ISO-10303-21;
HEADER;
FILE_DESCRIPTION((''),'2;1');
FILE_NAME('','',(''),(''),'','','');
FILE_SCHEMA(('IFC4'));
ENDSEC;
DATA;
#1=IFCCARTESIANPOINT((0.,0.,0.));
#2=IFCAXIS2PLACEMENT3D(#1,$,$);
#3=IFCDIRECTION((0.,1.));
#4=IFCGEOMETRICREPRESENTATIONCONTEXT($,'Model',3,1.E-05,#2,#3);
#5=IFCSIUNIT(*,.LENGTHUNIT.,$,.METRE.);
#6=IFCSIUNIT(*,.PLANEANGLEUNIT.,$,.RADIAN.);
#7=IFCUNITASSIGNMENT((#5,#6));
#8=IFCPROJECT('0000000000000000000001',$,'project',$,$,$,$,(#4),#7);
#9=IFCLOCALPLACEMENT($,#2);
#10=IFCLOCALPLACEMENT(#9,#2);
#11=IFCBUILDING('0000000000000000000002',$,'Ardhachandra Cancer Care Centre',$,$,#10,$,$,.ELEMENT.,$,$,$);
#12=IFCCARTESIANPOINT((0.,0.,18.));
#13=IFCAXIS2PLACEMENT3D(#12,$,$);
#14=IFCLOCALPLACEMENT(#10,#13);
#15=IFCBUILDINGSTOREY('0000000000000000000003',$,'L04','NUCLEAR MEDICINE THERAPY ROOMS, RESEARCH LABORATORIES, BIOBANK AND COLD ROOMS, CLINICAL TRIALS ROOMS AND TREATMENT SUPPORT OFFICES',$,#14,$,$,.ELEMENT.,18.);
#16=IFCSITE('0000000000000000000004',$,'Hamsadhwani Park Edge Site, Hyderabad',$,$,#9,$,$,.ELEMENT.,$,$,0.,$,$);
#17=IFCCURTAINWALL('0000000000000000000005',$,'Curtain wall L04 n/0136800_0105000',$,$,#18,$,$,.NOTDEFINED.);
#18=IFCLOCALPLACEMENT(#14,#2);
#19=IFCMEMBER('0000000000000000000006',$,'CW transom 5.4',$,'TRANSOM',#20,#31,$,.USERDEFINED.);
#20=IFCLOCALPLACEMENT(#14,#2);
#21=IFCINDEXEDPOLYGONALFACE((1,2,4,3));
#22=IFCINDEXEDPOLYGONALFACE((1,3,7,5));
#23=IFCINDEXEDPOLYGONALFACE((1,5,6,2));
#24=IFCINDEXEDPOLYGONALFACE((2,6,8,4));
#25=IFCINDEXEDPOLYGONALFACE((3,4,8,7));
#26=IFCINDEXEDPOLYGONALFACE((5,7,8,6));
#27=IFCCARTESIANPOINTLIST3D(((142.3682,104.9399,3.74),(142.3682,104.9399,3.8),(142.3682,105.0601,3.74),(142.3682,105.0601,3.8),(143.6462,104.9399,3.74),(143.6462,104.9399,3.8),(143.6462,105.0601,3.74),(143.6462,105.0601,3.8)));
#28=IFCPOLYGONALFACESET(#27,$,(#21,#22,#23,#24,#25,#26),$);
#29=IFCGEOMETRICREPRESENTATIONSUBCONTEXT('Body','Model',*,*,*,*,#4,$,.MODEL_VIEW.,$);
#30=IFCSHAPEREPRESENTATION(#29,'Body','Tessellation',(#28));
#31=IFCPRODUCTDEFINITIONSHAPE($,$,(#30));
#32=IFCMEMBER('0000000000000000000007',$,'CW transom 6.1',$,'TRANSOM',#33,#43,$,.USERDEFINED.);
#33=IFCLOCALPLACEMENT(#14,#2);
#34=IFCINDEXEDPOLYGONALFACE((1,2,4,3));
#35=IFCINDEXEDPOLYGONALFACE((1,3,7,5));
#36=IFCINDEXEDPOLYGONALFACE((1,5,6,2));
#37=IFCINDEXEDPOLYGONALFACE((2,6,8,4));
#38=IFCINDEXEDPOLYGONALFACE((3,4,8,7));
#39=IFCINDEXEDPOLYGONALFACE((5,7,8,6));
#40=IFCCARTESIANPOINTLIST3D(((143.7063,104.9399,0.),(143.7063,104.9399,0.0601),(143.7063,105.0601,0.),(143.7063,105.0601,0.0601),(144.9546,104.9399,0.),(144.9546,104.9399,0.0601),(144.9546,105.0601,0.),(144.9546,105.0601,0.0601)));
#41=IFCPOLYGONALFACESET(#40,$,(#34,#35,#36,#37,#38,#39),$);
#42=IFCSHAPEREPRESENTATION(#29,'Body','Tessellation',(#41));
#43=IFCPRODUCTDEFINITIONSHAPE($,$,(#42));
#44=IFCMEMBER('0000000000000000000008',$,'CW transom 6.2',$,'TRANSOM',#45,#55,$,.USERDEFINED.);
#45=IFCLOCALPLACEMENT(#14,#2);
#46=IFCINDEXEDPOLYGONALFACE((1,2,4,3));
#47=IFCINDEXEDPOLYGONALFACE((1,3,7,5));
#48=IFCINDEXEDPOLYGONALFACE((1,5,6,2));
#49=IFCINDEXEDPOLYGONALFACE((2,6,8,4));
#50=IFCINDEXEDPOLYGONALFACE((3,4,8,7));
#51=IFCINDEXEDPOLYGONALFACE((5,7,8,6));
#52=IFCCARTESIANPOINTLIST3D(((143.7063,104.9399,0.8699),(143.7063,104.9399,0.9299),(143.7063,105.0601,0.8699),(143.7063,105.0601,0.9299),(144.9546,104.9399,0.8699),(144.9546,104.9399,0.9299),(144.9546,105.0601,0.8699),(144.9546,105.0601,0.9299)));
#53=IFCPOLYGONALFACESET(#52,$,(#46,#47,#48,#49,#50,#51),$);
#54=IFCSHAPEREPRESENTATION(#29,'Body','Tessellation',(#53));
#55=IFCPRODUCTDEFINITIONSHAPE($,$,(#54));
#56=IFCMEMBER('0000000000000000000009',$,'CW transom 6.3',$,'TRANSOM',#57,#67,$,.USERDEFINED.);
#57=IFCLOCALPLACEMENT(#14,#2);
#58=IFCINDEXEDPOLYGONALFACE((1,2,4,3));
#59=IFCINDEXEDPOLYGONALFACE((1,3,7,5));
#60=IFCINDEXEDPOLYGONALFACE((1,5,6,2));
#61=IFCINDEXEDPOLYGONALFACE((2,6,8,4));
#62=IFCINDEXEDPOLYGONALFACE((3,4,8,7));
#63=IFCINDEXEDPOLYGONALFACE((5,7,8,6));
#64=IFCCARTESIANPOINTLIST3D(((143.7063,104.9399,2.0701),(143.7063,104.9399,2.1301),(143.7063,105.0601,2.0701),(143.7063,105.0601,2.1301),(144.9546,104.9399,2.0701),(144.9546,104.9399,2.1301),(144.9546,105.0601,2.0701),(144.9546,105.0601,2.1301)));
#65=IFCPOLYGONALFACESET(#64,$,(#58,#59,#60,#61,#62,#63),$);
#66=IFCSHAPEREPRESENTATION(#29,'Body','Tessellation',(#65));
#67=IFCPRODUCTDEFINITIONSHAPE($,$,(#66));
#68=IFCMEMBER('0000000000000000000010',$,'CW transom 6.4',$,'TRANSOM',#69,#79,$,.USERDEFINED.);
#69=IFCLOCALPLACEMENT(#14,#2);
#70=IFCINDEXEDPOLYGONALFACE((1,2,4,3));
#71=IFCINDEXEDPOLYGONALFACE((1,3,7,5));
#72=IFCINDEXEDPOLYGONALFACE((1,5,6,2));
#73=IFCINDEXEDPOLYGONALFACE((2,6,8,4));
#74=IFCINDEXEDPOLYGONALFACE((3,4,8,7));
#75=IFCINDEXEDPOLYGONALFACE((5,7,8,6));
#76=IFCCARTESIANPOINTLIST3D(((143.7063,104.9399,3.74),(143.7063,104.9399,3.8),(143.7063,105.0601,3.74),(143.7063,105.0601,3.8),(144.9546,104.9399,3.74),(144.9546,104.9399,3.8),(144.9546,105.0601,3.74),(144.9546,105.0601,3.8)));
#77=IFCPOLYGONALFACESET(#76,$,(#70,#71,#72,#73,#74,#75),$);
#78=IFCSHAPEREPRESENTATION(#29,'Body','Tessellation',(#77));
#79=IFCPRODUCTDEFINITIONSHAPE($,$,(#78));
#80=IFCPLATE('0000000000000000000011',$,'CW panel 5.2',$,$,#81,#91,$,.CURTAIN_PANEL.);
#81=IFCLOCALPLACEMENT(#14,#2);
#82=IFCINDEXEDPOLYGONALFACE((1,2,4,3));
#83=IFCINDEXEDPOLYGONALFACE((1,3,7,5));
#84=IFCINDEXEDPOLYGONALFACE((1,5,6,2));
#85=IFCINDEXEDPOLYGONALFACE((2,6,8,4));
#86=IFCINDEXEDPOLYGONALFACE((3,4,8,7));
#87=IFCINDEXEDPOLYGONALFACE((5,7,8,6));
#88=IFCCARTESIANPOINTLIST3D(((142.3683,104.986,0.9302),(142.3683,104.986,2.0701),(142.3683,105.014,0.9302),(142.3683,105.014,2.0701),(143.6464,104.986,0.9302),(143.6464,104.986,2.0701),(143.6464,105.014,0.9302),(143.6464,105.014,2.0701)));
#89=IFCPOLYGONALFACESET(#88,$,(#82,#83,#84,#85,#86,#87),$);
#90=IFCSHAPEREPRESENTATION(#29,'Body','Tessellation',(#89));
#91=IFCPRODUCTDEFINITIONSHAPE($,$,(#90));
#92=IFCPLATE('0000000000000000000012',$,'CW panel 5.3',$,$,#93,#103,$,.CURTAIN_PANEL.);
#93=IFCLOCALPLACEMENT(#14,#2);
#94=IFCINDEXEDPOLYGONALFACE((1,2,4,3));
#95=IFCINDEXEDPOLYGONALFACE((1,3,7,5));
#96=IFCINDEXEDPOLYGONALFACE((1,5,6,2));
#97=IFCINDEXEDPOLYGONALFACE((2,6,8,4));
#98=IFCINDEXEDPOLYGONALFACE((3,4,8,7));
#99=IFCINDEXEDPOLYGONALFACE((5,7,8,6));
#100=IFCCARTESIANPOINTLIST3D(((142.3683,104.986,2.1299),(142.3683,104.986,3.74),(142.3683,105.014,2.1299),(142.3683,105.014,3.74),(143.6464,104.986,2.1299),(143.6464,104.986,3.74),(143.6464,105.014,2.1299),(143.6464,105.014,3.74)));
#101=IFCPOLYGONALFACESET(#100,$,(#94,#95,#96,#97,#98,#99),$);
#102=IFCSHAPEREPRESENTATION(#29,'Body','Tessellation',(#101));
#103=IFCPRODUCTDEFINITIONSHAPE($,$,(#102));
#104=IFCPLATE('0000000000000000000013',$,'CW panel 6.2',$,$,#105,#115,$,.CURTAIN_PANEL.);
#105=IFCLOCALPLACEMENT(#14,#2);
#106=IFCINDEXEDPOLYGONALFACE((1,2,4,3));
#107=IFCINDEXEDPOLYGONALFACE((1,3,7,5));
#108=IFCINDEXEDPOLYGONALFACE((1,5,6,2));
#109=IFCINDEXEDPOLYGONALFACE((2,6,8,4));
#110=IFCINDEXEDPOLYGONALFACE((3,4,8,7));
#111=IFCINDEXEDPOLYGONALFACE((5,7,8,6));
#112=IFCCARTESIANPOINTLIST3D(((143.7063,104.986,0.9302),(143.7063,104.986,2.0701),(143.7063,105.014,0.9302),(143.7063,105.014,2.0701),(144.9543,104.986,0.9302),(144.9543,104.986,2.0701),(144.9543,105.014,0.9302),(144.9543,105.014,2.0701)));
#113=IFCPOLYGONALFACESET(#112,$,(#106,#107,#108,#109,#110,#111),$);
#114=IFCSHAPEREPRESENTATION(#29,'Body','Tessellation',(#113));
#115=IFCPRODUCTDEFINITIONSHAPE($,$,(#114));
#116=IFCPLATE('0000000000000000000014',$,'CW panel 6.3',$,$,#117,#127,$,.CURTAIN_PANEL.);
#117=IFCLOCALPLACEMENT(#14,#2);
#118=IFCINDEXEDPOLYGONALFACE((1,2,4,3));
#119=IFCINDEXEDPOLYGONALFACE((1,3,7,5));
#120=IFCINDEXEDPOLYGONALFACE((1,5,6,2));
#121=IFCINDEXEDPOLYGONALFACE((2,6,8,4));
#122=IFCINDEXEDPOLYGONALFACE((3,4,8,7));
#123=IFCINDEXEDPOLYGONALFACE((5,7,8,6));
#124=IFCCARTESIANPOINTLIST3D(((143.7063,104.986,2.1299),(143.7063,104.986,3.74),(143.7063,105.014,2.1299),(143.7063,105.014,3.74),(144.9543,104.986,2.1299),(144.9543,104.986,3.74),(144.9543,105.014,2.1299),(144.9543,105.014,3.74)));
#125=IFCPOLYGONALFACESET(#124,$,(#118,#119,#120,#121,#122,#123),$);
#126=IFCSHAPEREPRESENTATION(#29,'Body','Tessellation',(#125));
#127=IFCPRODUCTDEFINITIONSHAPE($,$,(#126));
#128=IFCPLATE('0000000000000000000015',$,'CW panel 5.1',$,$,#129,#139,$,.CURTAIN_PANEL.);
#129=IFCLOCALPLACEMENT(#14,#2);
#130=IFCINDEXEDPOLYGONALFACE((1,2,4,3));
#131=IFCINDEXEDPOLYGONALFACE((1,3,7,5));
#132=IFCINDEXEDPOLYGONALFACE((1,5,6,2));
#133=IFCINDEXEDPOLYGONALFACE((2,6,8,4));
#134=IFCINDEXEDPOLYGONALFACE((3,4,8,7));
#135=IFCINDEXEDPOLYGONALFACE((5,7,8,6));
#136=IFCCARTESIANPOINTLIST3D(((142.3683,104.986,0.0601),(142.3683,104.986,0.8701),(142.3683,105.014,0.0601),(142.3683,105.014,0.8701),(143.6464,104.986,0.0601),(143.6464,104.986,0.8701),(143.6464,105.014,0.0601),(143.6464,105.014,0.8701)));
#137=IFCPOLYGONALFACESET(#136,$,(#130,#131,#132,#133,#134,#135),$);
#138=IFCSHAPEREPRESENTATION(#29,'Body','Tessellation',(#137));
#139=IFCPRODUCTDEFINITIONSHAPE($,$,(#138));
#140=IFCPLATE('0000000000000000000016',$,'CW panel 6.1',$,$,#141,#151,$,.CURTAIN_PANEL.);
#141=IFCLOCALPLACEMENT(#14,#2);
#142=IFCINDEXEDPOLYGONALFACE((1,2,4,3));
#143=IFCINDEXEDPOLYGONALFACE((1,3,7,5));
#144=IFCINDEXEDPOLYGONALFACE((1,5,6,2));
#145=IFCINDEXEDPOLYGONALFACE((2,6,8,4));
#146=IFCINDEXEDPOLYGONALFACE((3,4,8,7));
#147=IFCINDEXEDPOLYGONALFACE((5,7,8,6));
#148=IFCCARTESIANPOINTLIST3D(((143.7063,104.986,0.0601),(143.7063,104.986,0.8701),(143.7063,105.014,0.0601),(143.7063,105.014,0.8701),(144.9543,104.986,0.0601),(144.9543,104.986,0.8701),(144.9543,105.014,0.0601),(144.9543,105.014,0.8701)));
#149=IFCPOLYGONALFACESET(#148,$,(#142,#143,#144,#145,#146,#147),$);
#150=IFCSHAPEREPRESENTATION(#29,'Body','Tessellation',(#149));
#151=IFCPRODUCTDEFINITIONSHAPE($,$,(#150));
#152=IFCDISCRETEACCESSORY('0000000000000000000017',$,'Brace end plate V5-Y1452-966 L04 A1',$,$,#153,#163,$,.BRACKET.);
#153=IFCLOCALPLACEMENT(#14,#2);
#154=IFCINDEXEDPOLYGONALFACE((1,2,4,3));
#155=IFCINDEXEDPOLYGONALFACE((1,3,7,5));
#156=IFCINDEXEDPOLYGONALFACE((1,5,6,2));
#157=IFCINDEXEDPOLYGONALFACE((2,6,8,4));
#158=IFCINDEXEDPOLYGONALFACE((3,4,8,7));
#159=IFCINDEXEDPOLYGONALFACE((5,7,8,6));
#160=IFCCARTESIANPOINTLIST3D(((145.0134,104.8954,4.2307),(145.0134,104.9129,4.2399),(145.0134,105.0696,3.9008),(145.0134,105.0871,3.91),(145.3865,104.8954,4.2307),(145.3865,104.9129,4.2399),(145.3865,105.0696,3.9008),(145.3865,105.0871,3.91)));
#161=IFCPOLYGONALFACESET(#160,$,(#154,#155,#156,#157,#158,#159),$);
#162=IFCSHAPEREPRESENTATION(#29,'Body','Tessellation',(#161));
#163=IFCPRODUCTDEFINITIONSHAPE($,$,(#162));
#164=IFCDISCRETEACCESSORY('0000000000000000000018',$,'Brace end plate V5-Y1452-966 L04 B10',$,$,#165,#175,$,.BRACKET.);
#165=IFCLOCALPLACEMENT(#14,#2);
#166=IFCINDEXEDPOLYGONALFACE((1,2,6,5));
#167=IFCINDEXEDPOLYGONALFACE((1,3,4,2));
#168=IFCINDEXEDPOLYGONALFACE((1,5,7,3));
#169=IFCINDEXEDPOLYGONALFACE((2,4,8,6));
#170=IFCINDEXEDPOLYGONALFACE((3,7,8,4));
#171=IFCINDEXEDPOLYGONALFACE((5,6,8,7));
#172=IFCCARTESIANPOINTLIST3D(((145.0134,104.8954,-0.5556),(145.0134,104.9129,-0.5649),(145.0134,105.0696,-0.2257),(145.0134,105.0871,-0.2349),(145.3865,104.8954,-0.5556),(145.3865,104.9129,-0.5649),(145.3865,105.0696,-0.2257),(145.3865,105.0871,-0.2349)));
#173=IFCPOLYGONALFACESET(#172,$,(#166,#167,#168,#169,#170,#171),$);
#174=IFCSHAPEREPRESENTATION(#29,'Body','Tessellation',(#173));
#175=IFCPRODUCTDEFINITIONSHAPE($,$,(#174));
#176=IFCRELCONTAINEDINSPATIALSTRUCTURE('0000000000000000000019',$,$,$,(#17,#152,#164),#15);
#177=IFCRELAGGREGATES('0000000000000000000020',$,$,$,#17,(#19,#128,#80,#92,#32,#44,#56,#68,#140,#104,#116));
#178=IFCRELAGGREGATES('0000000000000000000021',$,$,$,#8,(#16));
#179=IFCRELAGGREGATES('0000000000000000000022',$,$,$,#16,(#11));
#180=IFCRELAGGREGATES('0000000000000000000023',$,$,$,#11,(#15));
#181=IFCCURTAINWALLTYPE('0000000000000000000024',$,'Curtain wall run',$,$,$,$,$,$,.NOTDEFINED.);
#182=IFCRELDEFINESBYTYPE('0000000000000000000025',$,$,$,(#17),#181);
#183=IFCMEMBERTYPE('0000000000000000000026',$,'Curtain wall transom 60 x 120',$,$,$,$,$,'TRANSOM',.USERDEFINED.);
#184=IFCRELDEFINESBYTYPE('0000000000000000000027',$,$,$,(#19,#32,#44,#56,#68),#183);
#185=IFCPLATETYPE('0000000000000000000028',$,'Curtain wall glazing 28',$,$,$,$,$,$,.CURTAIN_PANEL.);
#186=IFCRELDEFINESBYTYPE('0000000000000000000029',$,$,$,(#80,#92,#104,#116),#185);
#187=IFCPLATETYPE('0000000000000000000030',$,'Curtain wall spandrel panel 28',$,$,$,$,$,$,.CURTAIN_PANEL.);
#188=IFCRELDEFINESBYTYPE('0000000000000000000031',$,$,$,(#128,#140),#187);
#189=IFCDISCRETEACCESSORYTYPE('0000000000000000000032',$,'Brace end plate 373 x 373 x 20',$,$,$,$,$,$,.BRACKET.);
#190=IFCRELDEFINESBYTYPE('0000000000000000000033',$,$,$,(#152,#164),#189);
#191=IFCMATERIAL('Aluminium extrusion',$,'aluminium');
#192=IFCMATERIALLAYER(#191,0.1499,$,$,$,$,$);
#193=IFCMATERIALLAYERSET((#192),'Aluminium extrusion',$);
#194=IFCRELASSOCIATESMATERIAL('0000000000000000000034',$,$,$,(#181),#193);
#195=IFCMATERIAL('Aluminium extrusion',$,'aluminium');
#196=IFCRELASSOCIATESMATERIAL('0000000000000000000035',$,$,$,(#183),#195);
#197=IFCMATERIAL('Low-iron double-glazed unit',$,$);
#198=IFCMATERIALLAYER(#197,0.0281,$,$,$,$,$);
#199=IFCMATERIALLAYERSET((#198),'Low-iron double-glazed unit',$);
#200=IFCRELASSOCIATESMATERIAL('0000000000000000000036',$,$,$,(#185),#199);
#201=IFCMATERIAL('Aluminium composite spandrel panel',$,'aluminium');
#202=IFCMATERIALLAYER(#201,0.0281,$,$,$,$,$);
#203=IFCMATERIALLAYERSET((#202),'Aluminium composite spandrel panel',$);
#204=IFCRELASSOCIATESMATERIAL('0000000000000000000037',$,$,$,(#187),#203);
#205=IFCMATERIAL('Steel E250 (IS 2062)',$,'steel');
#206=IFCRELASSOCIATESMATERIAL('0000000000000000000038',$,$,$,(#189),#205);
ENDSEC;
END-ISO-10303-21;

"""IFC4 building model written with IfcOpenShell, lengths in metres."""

from ifc_helpers import new_model, si_unit, direction, frame, origin, origin_2d, place, context, subcontext, project, spatial, rectangle, extrude, material, layer, layer_set, material_profile, profile_set, type_object, element, aggregate, save


model = new_model("IFC4")

# Units and contexts
model_context = context("Model", 3, precision=1e-05, world=origin(), true_north=direction((0.0, 1.0)))
body_context = subcontext(model_context, "Body", "Model", "MODEL_VIEW")
ifc_project = project(units=[si_unit("LENGTHUNIT", "METRE"), si_unit("PLANEANGLEUNIT", "RADIAN")], contexts=[model_context])

# Site, building, storey
site_placement = place(None, origin())
site = spatial("IfcSite", under=ifc_project, at=site_placement, Name="Hamsadhwani Park Edge Site, Hyderabad", CompositionType="ELEMENT", RefElevation=0.0)
building_placement = place(site_placement, origin())
building = spatial("IfcBuilding", under=site, at=building_placement, Name="Ardhachandra Cancer Care Centre", CompositionType="ELEMENT")
storey_placement = place(building_placement, frame((0.0, 0.0, 18.0)))
storey = spatial("IfcBuildingStorey", under=building, at=storey_placement, Name="L04", Description="NUCLEAR MEDICINE THERAPY ROOMS, RESEARCH LABORATORIES, BIOBANK AND COLD ROOMS, CLINICAL TRIALS ROOMS AND TREATMENT SUPPORT OFFICES", CompositionType="ELEMENT", Elevation=18.0)

# Curtain wall, members, plates
ifc_material_1 = material(Name="Aluminium extrusion", Category="aluminium")
ifc_layer_1 = layer(ifc_material_1, 0.1499)
ifc_layer_set_1 = layer_set([ifc_layer_1], Name="Aluminium extrusion")
curtain_wall_type = type_object("IfcCurtainWallType", Name="Curtain wall run", PredefinedType="NOTDEFINED", material=ifc_layer_set_1)
curtain_wall_placement = place(storey_placement, origin())
curtain_wall = element("IfcCurtainWall", 1, at=curtain_wall_placement, inside=storey, type_object=curtain_wall_type, Name="Curtain wall L04 n/0136800_0105000", PredefinedType="NOTDEFINED")
ifc_material_2 = material(Name="Aluminium extrusion", Category="aluminium")
ifc_material_profile_1 = material_profile(ifc_material_2, rectangle(XDim=0.1201, YDim=0.0601, at=origin_2d()), Name="Curtain wall transom 60 x 120")
ifc_profile_set_1 = profile_set([ifc_material_profile_1], Name="Aluminium extrusion")
member_type_1 = type_object("IfcMemberType", Name="Curtain wall transom 60 x 120", ElementType="TRANSOM", PredefinedType="USERDEFINED", material=ifc_profile_set_1)
member_1_placement = place(storey_placement, frame((142.3682, 105.0, 3.77), z_axis=(1.0, 0.0, 0.0), x_axis=(0.0, 1.0, 0.0)))
member_1 = element("IfcMember", 2, at=member_1_placement, type_object=member_type_1, Name="CW transom 5.4", ObjectType="TRANSOM", PredefinedType="USERDEFINED", context=body_context, shape_type="SweptSolid", body=[
    extrude(rectangle(XDim=0.1201, YDim=0.0601, at=origin_2d()), origin(), (0.0, 0.0, 1.0), 1.2781),
])
member_2_placement = place(storey_placement, frame((143.7063, 105.0, 0.03), z_axis=(1.0, 0.0, 0.0), x_axis=(0.0, 1.0, 0.0)))
member_2 = element("IfcMember", 3, at=member_2_placement, type_object=member_type_1, Name="CW transom 6.1", ObjectType="TRANSOM", PredefinedType="USERDEFINED", context=body_context, shape_type="SweptSolid", body=[
    extrude(rectangle(XDim=0.1201, YDim=0.0601, at=origin_2d()), origin(), (0.0, 0.0, 1.0), 1.2483),
])
member_3_placement = place(storey_placement, frame((143.7063, 105.0, 0.8999), z_axis=(1.0, 0.0, 0.0), x_axis=(0.0, 1.0, 0.0)))
member_3 = element("IfcMember", 4, at=member_3_placement, type_object=member_type_1, Name="CW transom 6.2", ObjectType="TRANSOM", PredefinedType="USERDEFINED", context=body_context, shape_type="SweptSolid", body=[
    extrude(rectangle(XDim=0.1201, YDim=0.0601, at=origin_2d()), origin(), (0.0, 0.0, 1.0), 1.2483),
])
member_4_placement = place(storey_placement, frame((143.7063, 105.0, 2.1001), z_axis=(1.0, 0.0, 0.0), x_axis=(0.0, 1.0, 0.0)))
member_4 = element("IfcMember", 5, at=member_4_placement, type_object=member_type_1, Name="CW transom 6.3", ObjectType="TRANSOM", PredefinedType="USERDEFINED", context=body_context, shape_type="SweptSolid", body=[
    extrude(rectangle(XDim=0.1201, YDim=0.0601, at=origin_2d()), origin(), (0.0, 0.0, 1.0), 1.2483),
])
member_5_placement = place(storey_placement, frame((143.7063, 105.0, 3.77), z_axis=(1.0, 0.0, 0.0), x_axis=(0.0, 1.0, 0.0)))
member_5 = element("IfcMember", 6, at=member_5_placement, type_object=member_type_1, Name="CW transom 6.4", ObjectType="TRANSOM", PredefinedType="USERDEFINED", context=body_context, shape_type="SweptSolid", body=[
    extrude(rectangle(XDim=0.1201, YDim=0.0601, at=origin_2d()), origin(), (0.0, 0.0, 1.0), 1.2483),
])
ifc_material_3 = material(Name="Low-iron double-glazed unit")
ifc_layer_2 = layer(ifc_material_3, 0.0281)
ifc_layer_set_2 = layer_set([ifc_layer_2], Name="Low-iron double-glazed unit")
plate_type_1 = type_object("IfcPlateType", Name="Curtain wall glazing 28", PredefinedType="CURTAIN_PANEL", material=ifc_layer_set_2)
plate_1_placement = place(storey_placement, frame((143.0073, 105.0, 0.9302), z_axis=(0.0, 0.0, 1.0), x_axis=(1.0, 0.0, 0.0)))
plate_1 = element("IfcPlate", 7, at=plate_1_placement, type_object=plate_type_1, Name="CW panel 5.2", PredefinedType="CURTAIN_PANEL", context=body_context, shape_type="SweptSolid", body=[
    extrude(rectangle(XDim=1.2781, YDim=0.0281, at=origin_2d()), origin(), (0.0, 0.0, 1.0), 1.1399),
])
plate_2_placement = place(storey_placement, frame((143.0073, 105.0, 2.1299), z_axis=(0.0, 0.0, 1.0), x_axis=(1.0, 0.0, 0.0)))
plate_2 = element("IfcPlate", 8, at=plate_2_placement, type_object=plate_type_1, Name="CW panel 5.3", PredefinedType="CURTAIN_PANEL", context=body_context, shape_type="SweptSolid", body=[
    extrude(rectangle(XDim=1.2781, YDim=0.0281, at=origin_2d()), origin(), (0.0, 0.0, 1.0), 1.6101),
])
plate_3_placement = place(storey_placement, frame((144.3303, 105.0, 0.9302), z_axis=(0.0, 0.0, 1.0), x_axis=(1.0, 0.0, 0.0)))
plate_3 = element("IfcPlate", 9, at=plate_3_placement, type_object=plate_type_1, Name="CW panel 6.2", PredefinedType="CURTAIN_PANEL", context=body_context, shape_type="SweptSolid", body=[
    extrude(rectangle(XDim=1.248, YDim=0.0281, at=origin_2d()), origin(), (0.0, 0.0, 1.0), 1.1399),
])
plate_4_placement = place(storey_placement, frame((144.3303, 105.0, 2.1299), z_axis=(0.0, 0.0, 1.0), x_axis=(1.0, 0.0, 0.0)))
plate_4 = element("IfcPlate", 10, at=plate_4_placement, type_object=plate_type_1, Name="CW panel 6.3", PredefinedType="CURTAIN_PANEL", context=body_context, shape_type="SweptSolid", body=[
    extrude(rectangle(XDim=1.248, YDim=0.0281, at=origin_2d()), origin(), (0.0, 0.0, 1.0), 1.6101),
])
ifc_material_4 = material(Name="Aluminium composite spandrel panel", Category="aluminium")
ifc_layer_3 = layer(ifc_material_4, 0.0281)
ifc_layer_set_3 = layer_set([ifc_layer_3], Name="Aluminium composite spandrel panel")
plate_type_2 = type_object("IfcPlateType", Name="Curtain wall spandrel panel 28", PredefinedType="CURTAIN_PANEL", material=ifc_layer_set_3)
plate_5_placement = place(storey_placement, frame((143.0073, 105.0, 0.0601), z_axis=(0.0, 0.0, 1.0), x_axis=(1.0, 0.0, 0.0)))
plate_5 = element("IfcPlate", 11, at=plate_5_placement, type_object=plate_type_2, Name="CW panel 5.1", PredefinedType="CURTAIN_PANEL", context=body_context, shape_type="SweptSolid", body=[
    extrude(rectangle(XDim=1.2781, YDim=0.0281, at=origin_2d()), origin(), (0.0, 0.0, 1.0), 0.8101),
])
plate_6_placement = place(storey_placement, frame((144.3303, 105.0, 0.0601), z_axis=(0.0, 0.0, 1.0), x_axis=(1.0, 0.0, 0.0)))
plate_6 = element("IfcPlate", 12, at=plate_6_placement, type_object=plate_type_2, Name="CW panel 6.1", PredefinedType="CURTAIN_PANEL", context=body_context, shape_type="SweptSolid", body=[
    extrude(rectangle(XDim=1.248, YDim=0.0281, at=origin_2d()), origin(), (0.0, 0.0, 1.0), 0.8101),
])
aggregate(curtain_wall, [member_1, plate_5, plate_1, plate_2, member_2, member_3, member_4, member_5, plate_6, plate_3, plate_4])

# Discrete accessories
ifc_material_5 = material(Name="Steel E250 (IS 2062)", Category="steel")
ifc_material_profile_2 = material_profile(ifc_material_5, rectangle(XDim=0.373, YDim=0.373, at=origin_2d()), Name="PL 373x373x20")
ifc_profile_set_2 = profile_set([ifc_material_profile_2], Name="Steel E250 (IS 2062)")
discrete_accessory_type = type_object("IfcDiscreteAccessoryType", Name="Brace end plate 373 x 373 x 20", PredefinedType="BRACKET", material=ifc_profile_set_2)
for number, where, z_axis, x_axis, name in (
    (13, (145.2, 105.0, 4.075), (0.0, -0.884385, -0.466759), (1.0, 0.0, 0.0), "Brace end plate V5-Y1452-966 L04 A1"),
    (14, (145.2, 105.0, -0.3999), (0.0, -0.884385, 0.466759), (1.0, 0.0, 0.0), "Brace end plate V5-Y1452-966 L04 B10"),
):
    element("IfcDiscreteAccessory", number, at=place(storey_placement, frame(where, z_axis=z_axis, x_axis=x_axis)), inside=storey, type_object=discrete_accessory_type, Name=name, PredefinedType="BRACKET", context=body_context, shape_type="SweptSolid", body=[
        extrude(rectangle(XDim=0.373, YDim=0.373, at=origin_2d()), origin(), (0.0, 0.0, 1.0), 0.0198),
    ])

save(model, "model.ifc")
